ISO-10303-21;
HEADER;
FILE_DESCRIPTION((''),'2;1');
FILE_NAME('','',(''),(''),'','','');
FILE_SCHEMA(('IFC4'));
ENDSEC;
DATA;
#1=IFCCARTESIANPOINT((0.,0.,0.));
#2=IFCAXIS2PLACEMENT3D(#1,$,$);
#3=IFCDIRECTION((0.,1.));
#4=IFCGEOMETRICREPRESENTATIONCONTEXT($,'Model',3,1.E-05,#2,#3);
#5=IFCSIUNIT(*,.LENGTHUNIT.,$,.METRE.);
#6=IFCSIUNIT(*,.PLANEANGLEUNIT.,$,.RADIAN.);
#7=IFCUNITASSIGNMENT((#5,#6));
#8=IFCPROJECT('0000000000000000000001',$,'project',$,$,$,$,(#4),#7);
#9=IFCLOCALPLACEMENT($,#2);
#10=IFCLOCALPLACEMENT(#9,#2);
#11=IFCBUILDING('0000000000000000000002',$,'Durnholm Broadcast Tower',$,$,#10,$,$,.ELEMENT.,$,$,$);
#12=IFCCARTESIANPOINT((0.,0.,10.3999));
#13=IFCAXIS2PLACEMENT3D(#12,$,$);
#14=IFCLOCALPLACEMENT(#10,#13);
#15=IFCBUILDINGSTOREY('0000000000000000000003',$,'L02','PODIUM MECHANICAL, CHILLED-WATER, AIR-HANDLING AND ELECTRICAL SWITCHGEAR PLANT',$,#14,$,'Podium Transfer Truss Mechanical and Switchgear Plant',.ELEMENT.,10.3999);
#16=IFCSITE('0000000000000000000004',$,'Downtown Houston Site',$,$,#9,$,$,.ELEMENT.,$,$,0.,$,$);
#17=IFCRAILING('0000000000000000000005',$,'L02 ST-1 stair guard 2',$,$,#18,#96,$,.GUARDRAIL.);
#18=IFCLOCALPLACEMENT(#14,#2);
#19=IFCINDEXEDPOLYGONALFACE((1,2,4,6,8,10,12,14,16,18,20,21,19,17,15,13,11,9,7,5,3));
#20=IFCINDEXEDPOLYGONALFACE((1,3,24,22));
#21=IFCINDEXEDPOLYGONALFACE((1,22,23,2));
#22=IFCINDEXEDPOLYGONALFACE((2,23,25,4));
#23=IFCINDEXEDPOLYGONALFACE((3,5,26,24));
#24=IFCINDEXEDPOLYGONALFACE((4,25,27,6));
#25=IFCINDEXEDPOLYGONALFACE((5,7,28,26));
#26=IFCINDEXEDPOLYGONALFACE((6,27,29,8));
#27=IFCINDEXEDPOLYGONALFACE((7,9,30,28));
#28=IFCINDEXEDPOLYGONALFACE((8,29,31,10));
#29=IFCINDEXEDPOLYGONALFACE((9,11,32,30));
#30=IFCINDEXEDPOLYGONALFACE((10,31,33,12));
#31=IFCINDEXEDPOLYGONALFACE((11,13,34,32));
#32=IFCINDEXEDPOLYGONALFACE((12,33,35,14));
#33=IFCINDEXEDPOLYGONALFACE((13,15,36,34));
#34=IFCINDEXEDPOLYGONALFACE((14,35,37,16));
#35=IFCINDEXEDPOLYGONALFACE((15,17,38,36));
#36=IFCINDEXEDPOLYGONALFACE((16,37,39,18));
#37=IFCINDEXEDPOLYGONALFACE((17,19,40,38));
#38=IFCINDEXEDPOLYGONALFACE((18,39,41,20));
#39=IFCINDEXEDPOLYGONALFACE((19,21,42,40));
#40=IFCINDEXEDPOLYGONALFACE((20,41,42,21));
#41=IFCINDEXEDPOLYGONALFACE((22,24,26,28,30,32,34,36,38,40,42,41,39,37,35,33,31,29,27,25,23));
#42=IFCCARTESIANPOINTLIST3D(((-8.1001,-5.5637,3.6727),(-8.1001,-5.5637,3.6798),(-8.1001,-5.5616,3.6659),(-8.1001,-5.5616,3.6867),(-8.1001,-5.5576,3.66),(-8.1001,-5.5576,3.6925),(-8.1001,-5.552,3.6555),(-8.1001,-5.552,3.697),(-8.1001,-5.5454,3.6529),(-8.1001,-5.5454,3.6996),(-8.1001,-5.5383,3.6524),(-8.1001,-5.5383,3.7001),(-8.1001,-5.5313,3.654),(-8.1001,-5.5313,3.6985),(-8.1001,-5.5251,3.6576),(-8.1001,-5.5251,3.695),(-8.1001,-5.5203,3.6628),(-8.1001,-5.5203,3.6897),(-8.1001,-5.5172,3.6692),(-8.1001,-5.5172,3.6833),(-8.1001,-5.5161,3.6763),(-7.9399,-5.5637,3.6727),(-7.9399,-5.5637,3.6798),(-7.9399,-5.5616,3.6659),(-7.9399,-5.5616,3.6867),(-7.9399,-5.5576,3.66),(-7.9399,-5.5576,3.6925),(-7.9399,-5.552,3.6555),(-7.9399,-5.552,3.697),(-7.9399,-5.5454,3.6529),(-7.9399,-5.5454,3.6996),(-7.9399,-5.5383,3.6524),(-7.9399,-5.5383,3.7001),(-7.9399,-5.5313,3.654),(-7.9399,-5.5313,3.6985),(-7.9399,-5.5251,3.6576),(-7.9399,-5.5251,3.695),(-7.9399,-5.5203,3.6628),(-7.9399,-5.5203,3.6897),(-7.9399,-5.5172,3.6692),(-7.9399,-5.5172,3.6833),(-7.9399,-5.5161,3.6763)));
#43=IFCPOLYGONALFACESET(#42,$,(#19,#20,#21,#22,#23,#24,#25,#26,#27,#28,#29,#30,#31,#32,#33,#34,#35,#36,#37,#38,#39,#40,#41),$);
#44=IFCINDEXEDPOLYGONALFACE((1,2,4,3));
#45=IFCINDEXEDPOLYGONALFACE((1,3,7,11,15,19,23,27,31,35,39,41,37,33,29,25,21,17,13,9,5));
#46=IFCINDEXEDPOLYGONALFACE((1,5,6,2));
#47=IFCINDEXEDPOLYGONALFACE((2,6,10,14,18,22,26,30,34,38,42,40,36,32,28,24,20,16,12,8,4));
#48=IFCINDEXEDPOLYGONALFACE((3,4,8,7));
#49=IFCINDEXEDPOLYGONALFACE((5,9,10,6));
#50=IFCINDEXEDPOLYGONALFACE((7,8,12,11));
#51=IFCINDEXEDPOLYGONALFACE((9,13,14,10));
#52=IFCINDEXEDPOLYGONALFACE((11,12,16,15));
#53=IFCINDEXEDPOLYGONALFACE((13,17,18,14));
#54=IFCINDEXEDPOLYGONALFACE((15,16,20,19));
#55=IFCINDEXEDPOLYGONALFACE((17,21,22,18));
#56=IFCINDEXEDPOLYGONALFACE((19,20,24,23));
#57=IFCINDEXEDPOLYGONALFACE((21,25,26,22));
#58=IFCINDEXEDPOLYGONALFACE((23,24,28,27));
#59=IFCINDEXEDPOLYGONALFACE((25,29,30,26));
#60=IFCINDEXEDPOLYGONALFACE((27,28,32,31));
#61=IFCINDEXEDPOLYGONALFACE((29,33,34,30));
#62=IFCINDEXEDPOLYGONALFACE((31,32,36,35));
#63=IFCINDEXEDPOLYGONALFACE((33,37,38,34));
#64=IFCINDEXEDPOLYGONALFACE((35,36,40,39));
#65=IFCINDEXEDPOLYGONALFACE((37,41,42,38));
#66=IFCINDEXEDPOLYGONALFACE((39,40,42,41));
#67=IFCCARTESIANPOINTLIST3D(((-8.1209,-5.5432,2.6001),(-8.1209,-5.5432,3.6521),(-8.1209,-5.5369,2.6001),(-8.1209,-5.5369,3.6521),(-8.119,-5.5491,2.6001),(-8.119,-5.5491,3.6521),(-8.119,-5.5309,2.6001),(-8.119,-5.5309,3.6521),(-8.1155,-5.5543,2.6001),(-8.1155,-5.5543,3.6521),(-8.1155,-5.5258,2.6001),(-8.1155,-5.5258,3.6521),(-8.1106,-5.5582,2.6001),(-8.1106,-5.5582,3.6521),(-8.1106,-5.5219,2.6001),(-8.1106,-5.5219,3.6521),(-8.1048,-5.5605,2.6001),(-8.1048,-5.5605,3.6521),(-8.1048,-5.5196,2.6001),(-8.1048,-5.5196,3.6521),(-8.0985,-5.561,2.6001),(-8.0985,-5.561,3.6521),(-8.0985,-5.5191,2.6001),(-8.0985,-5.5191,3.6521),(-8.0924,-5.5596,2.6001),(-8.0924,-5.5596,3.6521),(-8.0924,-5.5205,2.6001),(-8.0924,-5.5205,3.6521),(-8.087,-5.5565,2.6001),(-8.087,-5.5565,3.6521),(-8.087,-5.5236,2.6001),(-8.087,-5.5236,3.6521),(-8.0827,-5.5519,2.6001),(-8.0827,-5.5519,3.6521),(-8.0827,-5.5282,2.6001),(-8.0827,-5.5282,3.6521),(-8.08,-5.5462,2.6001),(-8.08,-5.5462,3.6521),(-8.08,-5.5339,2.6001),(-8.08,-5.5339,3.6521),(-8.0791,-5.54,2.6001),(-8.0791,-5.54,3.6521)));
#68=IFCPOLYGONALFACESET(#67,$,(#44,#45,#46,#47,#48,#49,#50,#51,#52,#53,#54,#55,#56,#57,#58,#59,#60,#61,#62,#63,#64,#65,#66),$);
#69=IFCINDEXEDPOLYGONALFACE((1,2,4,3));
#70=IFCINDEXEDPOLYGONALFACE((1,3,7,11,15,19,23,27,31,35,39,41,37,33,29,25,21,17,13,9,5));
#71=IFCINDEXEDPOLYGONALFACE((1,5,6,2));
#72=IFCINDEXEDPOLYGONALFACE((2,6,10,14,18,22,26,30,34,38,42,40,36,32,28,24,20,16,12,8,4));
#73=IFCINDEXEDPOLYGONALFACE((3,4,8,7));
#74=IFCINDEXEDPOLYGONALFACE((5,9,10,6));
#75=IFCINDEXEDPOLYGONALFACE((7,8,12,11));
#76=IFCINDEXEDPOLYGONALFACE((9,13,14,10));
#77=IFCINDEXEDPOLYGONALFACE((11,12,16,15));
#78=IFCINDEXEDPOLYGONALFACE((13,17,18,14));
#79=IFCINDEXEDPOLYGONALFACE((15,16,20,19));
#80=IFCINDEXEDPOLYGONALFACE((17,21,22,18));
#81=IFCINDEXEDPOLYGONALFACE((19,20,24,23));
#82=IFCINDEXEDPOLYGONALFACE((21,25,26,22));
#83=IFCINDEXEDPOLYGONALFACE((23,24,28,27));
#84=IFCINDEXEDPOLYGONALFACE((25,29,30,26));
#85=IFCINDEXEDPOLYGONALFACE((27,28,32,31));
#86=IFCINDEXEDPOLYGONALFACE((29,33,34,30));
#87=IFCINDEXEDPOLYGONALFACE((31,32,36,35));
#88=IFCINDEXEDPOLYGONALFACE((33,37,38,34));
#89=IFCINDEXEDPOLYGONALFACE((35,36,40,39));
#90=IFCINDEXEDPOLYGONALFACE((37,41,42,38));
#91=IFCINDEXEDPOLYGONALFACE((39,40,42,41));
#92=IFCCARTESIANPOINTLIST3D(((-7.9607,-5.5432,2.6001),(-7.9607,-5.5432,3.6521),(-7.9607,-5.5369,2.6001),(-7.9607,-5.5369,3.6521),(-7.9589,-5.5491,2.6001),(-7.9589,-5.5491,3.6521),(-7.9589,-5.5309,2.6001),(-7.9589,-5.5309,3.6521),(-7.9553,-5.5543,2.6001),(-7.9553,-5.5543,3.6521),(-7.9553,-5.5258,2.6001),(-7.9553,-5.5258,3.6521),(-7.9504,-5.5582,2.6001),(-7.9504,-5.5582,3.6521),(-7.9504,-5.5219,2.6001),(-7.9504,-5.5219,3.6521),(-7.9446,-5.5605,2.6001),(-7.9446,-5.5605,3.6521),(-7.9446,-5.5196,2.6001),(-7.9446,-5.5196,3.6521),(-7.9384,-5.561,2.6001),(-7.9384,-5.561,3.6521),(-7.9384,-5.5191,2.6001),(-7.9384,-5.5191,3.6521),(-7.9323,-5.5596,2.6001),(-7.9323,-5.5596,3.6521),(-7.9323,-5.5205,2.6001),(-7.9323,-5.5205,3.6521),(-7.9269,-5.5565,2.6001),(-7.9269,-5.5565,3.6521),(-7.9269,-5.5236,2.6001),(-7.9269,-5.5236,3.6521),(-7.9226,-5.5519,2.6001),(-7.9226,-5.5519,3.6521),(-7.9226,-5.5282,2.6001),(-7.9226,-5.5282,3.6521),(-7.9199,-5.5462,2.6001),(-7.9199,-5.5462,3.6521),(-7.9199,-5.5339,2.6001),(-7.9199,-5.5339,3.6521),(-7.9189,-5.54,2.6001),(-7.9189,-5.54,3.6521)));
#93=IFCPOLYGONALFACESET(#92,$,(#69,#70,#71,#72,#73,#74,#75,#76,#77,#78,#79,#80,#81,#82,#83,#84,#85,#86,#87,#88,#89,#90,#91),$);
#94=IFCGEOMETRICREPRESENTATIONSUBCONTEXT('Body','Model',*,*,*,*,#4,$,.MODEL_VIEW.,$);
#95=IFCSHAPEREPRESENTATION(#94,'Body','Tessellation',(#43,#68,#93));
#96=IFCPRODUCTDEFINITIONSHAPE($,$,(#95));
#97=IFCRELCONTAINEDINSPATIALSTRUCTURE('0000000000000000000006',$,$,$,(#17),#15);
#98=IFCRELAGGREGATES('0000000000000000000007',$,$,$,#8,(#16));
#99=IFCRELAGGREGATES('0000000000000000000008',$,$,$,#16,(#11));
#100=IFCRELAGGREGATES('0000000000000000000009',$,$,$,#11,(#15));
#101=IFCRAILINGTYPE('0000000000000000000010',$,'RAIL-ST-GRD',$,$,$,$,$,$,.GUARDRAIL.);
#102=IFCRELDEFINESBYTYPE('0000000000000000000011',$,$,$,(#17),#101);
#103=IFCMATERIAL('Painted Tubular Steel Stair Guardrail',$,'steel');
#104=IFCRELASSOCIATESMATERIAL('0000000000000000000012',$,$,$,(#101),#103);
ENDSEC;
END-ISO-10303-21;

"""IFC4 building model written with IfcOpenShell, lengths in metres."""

from ifc_helpers import new_model, si_unit, direction, frame, origin, origin_2d, place, context, subcontext, project, spatial, circle, extrude, material, type_object, element, save


model = new_model("IFC4")

# Units and contexts
model_context = context("Model", 3, precision=1e-05, world=origin(), true_north=direction((0.0, 1.0)))
body_context = subcontext(model_context, "Body", "Model", "MODEL_VIEW")
ifc_project = project(units=[si_unit("LENGTHUNIT", "METRE"), si_unit("PLANEANGLEUNIT", "RADIAN")], contexts=[model_context])

# Site, building, storey
site_placement = place(None, origin())
site = spatial("IfcSite", under=ifc_project, at=site_placement, Name="Downtown Houston Site", CompositionType="ELEMENT", RefElevation=0.0)
building_placement = place(site_placement, origin())
building = spatial("IfcBuilding", under=site, at=building_placement, Name="Durnholm Broadcast Tower", CompositionType="ELEMENT")
storey_placement = place(building_placement, frame((0.0, 0.0, 10.3999)))
storey = spatial("IfcBuildingStorey", under=building, at=storey_placement, Name="L02", Description="PODIUM MECHANICAL, CHILLED-WATER, AIR-HANDLING AND ELECTRICAL SWITCHGEAR PLANT", LongName="Podium Transfer Truss Mechanical and Switchgear Plant", CompositionType="ELEMENT", Elevation=10.3999)

# Railing
ifc_material_1 = material(Name="Painted Tubular Steel Stair Guardrail", Category="steel")
railing_type_1 = type_object("IfcRailingType", Name="RAIL-ST-GRD", PredefinedType="GUARDRAIL", material=ifc_material_1)
railing_1_placement = place(storey_placement, frame((-8.1001, -5.54, 2.6001)))
element("IfcRailing", 1, at=railing_1_placement, inside=storey, type_object=railing_type_1, Name="L02 ST-1 stair guard 2", PredefinedType="GUARDRAIL", context=body_context, shape_type="SweptSolid", body=[
    extrude(circle(Radius=0.0239, at=origin_2d()), frame((0.0, 0.0, 1.0762), z_axis=(1.0, 0.0, 0.0), x_axis=(0.0, 1.0, 0.0)), (0.0, 0.0, 1.0), 0.1602),
    extrude(circle(Radius=0.021, at=origin_2d()), origin(), (0.0, 0.0, 1.0), 1.052),
    extrude(circle(Radius=0.021, at=origin_2d()), frame((0.1602, 0.0, 0.0)), (0.0, 0.0, 1.0), 1.052),
])

save(model, "model.ifc")
